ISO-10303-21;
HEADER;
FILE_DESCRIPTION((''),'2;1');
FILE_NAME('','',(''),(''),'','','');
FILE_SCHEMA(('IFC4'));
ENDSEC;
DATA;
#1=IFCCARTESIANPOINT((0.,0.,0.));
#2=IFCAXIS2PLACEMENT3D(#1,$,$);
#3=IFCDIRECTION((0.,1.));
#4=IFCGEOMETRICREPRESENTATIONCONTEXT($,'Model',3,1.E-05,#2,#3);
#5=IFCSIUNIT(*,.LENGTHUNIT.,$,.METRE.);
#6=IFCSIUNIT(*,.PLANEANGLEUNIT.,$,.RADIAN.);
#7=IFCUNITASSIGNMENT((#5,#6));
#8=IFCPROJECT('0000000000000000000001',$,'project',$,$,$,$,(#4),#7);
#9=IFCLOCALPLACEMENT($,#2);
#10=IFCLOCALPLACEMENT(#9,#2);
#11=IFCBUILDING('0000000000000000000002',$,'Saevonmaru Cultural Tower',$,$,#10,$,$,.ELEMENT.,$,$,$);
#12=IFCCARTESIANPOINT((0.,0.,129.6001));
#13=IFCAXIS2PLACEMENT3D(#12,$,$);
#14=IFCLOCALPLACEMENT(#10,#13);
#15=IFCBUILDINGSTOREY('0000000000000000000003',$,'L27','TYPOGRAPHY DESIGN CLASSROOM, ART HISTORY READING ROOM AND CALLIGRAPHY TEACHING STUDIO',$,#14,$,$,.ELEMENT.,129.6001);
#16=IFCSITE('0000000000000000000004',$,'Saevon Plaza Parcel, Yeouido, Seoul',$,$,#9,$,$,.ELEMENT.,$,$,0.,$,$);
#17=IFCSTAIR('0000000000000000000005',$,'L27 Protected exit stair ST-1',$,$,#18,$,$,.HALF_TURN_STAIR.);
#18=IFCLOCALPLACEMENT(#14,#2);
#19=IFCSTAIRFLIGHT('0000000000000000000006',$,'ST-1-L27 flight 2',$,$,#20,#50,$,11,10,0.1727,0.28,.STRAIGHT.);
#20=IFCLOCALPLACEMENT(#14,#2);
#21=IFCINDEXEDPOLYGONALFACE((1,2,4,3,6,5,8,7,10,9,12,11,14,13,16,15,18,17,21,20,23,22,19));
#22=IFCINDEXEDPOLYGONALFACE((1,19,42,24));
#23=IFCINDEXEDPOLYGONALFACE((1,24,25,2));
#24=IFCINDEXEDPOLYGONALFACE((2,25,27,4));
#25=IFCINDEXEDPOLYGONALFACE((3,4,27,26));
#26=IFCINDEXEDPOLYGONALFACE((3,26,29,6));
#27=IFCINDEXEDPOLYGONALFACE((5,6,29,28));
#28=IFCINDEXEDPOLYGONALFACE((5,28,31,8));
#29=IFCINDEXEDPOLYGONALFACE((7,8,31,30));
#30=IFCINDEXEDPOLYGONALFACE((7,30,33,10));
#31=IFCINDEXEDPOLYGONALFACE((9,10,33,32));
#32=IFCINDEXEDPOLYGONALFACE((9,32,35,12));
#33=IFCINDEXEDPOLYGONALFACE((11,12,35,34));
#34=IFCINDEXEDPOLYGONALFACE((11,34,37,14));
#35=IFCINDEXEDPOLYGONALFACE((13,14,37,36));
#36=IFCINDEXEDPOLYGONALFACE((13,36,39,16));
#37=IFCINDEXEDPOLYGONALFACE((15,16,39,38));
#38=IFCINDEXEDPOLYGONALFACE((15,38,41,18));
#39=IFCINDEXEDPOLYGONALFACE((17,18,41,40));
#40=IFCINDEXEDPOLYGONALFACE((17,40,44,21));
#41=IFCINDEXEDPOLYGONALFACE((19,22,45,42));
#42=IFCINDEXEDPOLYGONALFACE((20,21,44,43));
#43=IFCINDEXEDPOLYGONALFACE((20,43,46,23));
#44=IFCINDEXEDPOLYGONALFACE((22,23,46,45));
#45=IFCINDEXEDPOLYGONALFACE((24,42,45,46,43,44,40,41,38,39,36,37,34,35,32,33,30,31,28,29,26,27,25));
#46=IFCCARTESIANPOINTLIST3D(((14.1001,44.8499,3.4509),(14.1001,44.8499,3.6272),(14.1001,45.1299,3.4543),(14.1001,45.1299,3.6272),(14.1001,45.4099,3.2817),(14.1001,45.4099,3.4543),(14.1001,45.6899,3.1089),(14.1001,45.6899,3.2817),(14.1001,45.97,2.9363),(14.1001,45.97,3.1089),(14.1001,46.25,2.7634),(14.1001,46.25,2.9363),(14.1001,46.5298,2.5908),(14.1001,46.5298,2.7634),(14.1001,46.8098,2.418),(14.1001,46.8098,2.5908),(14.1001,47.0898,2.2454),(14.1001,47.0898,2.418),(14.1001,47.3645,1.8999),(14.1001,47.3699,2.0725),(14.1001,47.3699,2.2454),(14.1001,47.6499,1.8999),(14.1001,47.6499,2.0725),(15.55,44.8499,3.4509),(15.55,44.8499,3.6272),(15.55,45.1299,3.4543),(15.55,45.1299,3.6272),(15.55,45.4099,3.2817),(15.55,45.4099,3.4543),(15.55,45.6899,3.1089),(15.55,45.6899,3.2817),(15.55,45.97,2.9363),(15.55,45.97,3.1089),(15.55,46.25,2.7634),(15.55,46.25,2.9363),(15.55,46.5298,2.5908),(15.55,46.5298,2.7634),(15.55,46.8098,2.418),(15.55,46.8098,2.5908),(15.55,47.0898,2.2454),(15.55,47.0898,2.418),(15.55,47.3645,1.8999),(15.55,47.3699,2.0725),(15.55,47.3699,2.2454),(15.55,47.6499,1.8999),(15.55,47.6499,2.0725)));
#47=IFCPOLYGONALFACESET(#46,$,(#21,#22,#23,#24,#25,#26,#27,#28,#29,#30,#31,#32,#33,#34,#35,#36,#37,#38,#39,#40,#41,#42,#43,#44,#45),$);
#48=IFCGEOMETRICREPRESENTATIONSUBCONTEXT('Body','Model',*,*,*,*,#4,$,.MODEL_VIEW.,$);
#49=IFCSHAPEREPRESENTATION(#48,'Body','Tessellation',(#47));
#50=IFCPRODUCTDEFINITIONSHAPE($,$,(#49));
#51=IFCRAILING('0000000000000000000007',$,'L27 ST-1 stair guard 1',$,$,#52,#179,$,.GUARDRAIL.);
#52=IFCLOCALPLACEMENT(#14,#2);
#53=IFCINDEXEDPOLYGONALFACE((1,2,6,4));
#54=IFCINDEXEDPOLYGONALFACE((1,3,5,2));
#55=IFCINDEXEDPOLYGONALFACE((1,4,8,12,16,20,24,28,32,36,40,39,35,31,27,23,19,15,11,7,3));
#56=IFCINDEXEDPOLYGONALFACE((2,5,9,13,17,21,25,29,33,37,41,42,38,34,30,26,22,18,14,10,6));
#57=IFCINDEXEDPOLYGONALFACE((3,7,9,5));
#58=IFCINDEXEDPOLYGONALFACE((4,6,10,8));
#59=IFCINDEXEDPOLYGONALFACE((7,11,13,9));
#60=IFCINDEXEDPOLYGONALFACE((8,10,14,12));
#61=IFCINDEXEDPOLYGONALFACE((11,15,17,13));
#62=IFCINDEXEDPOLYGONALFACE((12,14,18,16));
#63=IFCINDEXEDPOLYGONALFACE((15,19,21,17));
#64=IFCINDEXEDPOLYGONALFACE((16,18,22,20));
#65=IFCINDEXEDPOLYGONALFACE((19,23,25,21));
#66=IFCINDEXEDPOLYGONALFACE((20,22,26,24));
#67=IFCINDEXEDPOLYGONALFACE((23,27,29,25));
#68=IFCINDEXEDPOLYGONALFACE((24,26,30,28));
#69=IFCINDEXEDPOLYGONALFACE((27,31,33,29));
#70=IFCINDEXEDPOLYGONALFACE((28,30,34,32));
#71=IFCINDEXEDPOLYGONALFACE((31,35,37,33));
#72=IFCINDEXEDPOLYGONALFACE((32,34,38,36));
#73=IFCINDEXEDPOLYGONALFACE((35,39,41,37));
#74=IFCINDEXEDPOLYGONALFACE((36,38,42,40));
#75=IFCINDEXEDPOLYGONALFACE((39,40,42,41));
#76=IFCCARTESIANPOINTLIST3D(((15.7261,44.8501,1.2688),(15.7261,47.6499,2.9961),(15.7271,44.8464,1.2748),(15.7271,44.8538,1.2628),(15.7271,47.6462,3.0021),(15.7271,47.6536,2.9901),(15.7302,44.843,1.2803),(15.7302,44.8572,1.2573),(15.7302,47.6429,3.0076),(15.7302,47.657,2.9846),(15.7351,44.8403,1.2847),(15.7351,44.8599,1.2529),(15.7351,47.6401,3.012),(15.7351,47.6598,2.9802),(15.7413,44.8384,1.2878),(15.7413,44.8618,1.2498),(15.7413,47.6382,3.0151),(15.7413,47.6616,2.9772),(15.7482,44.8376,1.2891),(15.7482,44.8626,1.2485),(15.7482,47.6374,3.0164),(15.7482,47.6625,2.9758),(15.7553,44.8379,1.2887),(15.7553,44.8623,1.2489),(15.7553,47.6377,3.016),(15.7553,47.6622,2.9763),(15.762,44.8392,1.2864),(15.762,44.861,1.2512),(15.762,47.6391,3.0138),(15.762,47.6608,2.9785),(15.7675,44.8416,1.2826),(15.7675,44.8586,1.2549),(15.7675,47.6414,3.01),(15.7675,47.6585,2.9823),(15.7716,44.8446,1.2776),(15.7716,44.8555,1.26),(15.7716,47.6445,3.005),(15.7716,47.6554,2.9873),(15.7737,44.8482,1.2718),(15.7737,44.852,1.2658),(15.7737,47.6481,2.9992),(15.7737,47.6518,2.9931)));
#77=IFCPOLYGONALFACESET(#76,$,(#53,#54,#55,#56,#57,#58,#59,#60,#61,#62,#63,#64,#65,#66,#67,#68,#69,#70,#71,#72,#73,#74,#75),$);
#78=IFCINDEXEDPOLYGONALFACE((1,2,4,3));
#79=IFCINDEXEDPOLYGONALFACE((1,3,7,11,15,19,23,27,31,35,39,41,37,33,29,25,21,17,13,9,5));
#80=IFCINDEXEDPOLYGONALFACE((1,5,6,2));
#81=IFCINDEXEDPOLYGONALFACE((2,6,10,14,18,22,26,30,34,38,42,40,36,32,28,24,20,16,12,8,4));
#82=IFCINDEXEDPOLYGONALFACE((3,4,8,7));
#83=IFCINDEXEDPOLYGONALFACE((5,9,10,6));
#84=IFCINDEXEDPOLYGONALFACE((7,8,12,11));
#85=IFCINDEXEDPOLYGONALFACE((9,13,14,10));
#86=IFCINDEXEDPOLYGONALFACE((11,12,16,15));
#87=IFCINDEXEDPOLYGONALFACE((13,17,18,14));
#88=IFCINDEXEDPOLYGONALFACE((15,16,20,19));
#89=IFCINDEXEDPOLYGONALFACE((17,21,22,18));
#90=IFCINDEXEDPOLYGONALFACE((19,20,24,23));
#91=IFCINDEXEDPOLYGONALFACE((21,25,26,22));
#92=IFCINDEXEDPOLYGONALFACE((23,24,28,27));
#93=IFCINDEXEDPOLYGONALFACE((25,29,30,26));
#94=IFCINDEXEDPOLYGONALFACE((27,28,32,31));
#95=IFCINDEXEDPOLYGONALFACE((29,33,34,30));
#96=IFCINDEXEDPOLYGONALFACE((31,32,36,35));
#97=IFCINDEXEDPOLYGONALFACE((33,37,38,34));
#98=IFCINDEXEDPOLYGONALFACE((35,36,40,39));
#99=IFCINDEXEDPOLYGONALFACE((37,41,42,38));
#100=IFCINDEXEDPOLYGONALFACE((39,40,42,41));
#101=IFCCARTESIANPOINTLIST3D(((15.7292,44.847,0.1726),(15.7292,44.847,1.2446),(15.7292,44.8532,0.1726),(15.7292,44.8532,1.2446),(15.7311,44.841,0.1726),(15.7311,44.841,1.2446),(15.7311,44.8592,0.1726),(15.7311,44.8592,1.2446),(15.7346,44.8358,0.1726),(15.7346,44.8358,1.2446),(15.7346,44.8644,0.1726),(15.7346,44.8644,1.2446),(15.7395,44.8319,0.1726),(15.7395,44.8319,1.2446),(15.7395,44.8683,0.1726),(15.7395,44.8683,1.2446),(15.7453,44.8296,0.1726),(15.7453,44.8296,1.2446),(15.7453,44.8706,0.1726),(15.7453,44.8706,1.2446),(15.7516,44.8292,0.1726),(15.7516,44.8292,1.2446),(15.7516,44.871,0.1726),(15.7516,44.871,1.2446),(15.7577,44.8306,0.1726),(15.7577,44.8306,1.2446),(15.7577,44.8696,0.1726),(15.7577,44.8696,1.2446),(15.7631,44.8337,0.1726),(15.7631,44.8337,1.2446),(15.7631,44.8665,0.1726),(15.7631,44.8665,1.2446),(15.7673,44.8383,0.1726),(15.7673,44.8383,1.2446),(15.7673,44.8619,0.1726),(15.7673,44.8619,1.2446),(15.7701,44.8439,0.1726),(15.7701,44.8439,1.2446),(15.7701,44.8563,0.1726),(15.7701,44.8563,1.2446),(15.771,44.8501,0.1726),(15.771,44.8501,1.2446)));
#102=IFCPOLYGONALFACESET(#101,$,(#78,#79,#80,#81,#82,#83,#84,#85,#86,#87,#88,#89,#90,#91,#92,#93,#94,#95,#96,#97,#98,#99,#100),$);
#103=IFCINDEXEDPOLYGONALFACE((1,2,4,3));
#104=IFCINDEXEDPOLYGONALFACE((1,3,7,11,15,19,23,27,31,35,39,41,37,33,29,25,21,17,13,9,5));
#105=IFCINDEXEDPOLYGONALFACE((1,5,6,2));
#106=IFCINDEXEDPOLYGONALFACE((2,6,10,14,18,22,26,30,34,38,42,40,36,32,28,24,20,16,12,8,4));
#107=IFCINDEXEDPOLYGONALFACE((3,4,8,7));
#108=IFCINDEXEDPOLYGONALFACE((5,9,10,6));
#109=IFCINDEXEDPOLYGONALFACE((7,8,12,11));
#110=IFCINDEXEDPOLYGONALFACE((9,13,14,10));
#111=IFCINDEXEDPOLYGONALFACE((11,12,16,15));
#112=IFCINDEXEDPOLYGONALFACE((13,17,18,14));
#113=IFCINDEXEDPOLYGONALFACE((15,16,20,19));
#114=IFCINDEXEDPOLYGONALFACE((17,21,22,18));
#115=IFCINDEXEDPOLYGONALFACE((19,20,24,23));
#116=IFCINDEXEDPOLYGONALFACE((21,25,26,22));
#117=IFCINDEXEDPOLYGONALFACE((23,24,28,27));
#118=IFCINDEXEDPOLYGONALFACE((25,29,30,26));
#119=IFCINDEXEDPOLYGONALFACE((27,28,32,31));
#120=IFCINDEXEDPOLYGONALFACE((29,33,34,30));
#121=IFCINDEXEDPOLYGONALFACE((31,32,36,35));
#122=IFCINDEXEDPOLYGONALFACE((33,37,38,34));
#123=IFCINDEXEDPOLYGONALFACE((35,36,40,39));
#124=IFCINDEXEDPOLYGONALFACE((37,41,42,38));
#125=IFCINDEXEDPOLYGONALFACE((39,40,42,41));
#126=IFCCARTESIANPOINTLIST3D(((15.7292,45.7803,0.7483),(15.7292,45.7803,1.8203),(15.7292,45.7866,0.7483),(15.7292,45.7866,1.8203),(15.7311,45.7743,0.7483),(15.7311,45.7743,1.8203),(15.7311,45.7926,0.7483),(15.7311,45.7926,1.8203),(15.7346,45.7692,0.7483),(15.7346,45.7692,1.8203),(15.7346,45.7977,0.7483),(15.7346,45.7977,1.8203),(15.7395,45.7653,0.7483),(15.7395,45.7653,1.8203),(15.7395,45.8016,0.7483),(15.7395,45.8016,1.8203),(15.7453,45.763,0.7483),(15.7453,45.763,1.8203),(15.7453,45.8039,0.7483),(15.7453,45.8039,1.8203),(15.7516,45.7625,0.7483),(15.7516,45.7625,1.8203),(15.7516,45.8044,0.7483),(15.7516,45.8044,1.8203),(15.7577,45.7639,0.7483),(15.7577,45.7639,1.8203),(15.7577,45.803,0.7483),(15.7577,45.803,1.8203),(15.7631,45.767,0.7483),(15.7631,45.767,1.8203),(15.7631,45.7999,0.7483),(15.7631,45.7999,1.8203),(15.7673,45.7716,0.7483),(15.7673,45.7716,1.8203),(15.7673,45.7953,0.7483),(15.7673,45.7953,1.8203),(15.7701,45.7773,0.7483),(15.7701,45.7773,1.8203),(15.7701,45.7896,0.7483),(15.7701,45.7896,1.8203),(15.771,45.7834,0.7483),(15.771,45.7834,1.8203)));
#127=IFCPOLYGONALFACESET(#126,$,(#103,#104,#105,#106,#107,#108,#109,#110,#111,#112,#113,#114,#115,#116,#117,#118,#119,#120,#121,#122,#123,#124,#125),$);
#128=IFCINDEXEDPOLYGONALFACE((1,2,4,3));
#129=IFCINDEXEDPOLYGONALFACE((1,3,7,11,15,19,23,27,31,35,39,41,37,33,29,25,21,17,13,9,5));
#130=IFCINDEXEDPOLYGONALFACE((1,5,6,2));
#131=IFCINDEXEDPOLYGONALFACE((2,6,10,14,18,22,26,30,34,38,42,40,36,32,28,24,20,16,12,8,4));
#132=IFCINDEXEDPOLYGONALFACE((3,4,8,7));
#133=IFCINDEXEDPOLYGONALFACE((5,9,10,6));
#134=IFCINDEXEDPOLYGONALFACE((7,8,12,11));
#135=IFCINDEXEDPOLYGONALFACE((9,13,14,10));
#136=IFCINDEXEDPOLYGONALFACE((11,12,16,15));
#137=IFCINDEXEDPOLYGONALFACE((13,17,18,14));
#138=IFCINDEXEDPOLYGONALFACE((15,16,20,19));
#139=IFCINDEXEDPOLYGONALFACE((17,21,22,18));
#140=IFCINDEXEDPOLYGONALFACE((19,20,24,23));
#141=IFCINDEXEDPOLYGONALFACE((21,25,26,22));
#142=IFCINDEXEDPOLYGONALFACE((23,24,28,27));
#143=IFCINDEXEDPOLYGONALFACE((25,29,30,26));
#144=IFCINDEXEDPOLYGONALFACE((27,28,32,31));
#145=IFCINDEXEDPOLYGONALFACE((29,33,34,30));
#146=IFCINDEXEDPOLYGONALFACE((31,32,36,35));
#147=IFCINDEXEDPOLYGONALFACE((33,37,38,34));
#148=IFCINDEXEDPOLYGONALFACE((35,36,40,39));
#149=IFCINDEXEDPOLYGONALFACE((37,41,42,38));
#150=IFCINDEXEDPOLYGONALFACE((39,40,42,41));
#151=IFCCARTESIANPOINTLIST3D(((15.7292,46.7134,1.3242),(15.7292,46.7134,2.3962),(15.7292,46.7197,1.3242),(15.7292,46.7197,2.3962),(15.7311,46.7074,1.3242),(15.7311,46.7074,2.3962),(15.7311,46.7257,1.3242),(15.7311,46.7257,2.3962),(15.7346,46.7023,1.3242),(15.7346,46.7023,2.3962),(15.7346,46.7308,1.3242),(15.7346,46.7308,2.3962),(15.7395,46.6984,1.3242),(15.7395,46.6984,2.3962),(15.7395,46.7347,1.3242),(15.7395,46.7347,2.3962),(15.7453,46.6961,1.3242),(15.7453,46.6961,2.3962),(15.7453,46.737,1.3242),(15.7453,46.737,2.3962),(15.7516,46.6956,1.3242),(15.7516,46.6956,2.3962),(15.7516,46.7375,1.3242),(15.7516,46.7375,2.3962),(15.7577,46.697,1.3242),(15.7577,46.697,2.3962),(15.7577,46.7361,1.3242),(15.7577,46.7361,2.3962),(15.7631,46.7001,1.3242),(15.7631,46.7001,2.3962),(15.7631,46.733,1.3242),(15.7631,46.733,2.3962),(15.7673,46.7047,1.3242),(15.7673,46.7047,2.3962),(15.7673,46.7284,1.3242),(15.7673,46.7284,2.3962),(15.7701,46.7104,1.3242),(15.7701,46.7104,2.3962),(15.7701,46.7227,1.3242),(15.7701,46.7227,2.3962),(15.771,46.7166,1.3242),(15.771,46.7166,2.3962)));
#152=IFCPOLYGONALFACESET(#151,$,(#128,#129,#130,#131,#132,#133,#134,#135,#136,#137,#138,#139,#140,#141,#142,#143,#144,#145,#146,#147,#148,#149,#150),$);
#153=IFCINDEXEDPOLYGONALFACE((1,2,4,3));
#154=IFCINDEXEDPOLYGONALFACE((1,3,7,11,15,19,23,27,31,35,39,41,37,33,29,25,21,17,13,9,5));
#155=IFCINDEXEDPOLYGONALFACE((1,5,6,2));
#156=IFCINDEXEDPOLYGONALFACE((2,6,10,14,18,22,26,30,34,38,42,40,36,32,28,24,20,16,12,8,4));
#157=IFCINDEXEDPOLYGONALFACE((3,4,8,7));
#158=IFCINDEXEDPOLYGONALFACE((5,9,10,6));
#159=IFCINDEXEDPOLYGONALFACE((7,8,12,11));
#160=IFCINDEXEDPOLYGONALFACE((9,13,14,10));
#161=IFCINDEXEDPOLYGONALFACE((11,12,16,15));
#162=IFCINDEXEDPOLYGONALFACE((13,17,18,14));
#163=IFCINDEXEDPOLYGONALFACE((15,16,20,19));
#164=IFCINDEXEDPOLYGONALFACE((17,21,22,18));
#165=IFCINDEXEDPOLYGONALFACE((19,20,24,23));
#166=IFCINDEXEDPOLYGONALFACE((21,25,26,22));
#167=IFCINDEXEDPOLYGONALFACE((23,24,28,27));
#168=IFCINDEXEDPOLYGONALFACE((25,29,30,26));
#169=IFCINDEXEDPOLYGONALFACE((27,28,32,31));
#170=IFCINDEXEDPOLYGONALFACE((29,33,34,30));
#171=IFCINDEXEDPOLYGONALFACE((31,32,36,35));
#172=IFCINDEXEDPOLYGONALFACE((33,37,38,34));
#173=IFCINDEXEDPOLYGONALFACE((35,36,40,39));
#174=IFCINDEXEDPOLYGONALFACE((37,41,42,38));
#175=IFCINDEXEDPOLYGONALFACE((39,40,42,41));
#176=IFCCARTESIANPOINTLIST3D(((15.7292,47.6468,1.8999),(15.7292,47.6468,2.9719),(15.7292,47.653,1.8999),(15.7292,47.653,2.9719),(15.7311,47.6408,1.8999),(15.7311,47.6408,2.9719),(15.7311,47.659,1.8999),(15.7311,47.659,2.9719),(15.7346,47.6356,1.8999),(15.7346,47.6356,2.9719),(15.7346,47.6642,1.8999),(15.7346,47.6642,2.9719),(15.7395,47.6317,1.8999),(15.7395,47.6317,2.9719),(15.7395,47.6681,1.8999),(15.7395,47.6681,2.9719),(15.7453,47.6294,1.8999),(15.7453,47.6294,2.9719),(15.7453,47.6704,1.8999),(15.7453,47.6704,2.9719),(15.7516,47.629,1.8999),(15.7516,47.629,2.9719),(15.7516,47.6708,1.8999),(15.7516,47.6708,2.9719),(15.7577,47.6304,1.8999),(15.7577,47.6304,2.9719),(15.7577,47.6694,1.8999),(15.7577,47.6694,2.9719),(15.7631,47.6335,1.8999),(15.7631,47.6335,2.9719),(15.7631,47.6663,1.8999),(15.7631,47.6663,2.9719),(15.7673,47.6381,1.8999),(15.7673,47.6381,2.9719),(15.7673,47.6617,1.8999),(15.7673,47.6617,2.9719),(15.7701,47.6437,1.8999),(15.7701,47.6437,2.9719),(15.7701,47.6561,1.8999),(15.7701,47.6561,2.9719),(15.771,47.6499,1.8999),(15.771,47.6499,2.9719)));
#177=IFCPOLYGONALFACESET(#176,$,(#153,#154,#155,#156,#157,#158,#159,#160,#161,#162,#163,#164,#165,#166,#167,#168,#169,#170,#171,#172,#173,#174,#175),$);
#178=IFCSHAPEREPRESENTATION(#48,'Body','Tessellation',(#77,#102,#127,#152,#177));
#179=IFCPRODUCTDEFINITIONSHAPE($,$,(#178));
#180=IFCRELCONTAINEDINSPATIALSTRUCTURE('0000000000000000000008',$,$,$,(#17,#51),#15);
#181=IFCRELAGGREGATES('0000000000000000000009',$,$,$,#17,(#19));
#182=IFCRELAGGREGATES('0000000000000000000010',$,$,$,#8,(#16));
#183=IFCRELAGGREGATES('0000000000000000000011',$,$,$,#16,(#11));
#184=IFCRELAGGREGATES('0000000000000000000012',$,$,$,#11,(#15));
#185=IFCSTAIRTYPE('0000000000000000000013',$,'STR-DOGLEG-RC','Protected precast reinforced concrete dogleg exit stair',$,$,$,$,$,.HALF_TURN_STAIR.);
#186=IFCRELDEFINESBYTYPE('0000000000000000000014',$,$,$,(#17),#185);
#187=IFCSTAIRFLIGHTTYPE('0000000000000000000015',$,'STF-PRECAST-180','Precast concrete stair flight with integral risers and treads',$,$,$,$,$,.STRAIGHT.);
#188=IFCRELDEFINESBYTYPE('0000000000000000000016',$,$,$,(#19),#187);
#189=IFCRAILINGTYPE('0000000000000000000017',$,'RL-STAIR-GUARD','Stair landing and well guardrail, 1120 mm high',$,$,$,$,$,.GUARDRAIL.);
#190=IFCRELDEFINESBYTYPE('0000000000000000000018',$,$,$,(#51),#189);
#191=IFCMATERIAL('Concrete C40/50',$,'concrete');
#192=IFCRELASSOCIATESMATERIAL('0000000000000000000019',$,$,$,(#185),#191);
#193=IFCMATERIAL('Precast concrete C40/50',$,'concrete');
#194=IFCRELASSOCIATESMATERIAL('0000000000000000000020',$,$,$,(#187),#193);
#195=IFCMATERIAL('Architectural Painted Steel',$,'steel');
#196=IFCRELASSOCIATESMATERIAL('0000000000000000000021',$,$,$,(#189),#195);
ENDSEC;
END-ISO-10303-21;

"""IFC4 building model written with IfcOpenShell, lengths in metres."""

from ifc_helpers import new_model, si_unit, direction, frame, origin, origin_2d, place, context, subcontext, project, spatial, polyline, circle, outline, extrude, material, type_object, element, aggregate, save


model = new_model("IFC4")

# Units and contexts
model_context = context("Model", 3, precision=1e-05, world=origin(), true_north=direction((0.0, 1.0)))
body_context = subcontext(model_context, "Body", "Model", "MODEL_VIEW")
ifc_project = project(units=[si_unit("LENGTHUNIT", "METRE"), si_unit("PLANEANGLEUNIT", "RADIAN")], contexts=[model_context])

# Site, building, storey
site_placement = place(None, origin())
site = spatial("IfcSite", under=ifc_project, at=site_placement, Name="Saevon Plaza Parcel, Yeouido, Seoul", CompositionType="ELEMENT", RefElevation=0.0)
building_placement = place(site_placement, origin())
building = spatial("IfcBuilding", under=site, at=building_placement, Name="Saevonmaru Cultural Tower", CompositionType="ELEMENT")
storey_placement = place(building_placement, frame((0.0, 0.0, 129.6001)))
storey = spatial("IfcBuildingStorey", under=building, at=storey_placement, Name="L27", Description="TYPOGRAPHY DESIGN CLASSROOM, ART HISTORY READING ROOM AND CALLIGRAPHY TEACHING STUDIO", CompositionType="ELEMENT", Elevation=129.6001)

# Stair, stair flight
ifc_material_1 = material(Name="Concrete C40/50", Category="concrete")
stair_type = type_object("IfcStairType", Name="STR-DOGLEG-RC", Description="Protected precast reinforced concrete dogleg exit stair", PredefinedType="HALF_TURN_STAIR", material=ifc_material_1)
stair_placement = place(storey_placement, origin())
stair = element("IfcStair", 1, at=stair_placement, inside=storey, type_object=stair_type, Name="L27 Protected exit stair ST-1", PredefinedType="HALF_TURN_STAIR")
ifc_material_2 = material(Name="Precast concrete C40/50", Category="concrete")
stair_flight_type = type_object("IfcStairFlightType", Name="STF-PRECAST-180", Description="Precast concrete stair flight with integral risers and treads", PredefinedType="STRAIGHT", material=ifc_material_2)
stair_flight_1_placement = place(storey_placement, frame((14.825, 47.6499, 1.8999), z_axis=(0.0, 0.0, 1.0), x_axis=(0.0, -1.0, 0.0)))
stair_flight_1 = element("IfcStairFlight", 2, at=stair_flight_1_placement, type_object=stair_flight_type, Name="ST-1-L27 flight 2", NumberOfRisers=11, NumberOfTreads=10, PredefinedType="STRAIGHT", RiserHeight=0.1727, TreadLength=0.28, context=body_context, shape_type="SweptSolid", body=[
    extrude(outline(polyline([(0.0, 0.0), (0.0, 0.1726), (0.28, 0.1726), (0.28, 0.3455), (0.5601, 0.3455), (0.5601, 0.5181), (0.8401, 0.5181), (0.8401, 0.6909), (1.1201, 0.6909), (1.1201, 0.8635), (1.3999, 0.8635), (1.3999, 1.0364), (1.6799, 1.0364), (1.6799, 1.209), (1.96, 1.209), (1.96, 1.3818), (2.24, 1.3818), (2.24, 1.5544), (2.52, 1.5544), (2.52, 1.7273), (2.8, 1.7273), (2.8, 1.8999), (2.8, 1.551), (0.2854, 0.0), (0.0, 0.0)])), frame((0.0, 0.7251, 0.0), z_axis=(0.0, -1.0, 0.0), x_axis=(1.0, 0.0, 0.0)), (0.0, 0.0, 1.0), 1.45),
])
aggregate(stair, [stair_flight_1])

# Railing
ifc_material_3 = material(Name="Architectural Painted Steel", Category="steel")
railing_type_1 = type_object("IfcRailingType", Name="RL-STAIR-GUARD", Description="Stair landing and well guardrail, 1120 mm high", PredefinedType="GUARDRAIL", material=ifc_material_3)
railing_1_placement = place(storey_placement, frame((15.75, 44.8501, 0.1726)))
element("IfcRailing", 3, at=railing_1_placement, inside=storey, type_object=railing_type_1, Name="L27 ST-1 stair guard 1", PredefinedType="GUARDRAIL", context=body_context, shape_type="SweptSolid", body=[
    extrude(circle(Radius=0.0239, at=origin_2d()), frame((0.0, 0.0, 1.0962), z_axis=(0.0, 0.851069, 0.525054), x_axis=(-1.0, 0.0, 0.0)), (0.0, 0.0, 1.0), 3.2898),
    extrude(circle(Radius=0.021, at=origin_2d()), origin(), (0.0, 0.0, 1.0), 1.072),
    extrude(circle(Radius=0.021, at=origin_2d()), frame((0.0, 0.9333, 0.5757)), (0.0, 0.0, 1.0), 1.072),
    extrude(circle(Radius=0.021, at=origin_2d()), frame((0.0, 1.8665, 1.1516)), (0.0, 0.0, 1.0), 1.072),
    extrude(circle(Radius=0.021, at=origin_2d()), frame((0.0, 2.7998, 1.7273)), (0.0, 0.0, 1.0), 1.072),
])

save(model, "model.ifc")
